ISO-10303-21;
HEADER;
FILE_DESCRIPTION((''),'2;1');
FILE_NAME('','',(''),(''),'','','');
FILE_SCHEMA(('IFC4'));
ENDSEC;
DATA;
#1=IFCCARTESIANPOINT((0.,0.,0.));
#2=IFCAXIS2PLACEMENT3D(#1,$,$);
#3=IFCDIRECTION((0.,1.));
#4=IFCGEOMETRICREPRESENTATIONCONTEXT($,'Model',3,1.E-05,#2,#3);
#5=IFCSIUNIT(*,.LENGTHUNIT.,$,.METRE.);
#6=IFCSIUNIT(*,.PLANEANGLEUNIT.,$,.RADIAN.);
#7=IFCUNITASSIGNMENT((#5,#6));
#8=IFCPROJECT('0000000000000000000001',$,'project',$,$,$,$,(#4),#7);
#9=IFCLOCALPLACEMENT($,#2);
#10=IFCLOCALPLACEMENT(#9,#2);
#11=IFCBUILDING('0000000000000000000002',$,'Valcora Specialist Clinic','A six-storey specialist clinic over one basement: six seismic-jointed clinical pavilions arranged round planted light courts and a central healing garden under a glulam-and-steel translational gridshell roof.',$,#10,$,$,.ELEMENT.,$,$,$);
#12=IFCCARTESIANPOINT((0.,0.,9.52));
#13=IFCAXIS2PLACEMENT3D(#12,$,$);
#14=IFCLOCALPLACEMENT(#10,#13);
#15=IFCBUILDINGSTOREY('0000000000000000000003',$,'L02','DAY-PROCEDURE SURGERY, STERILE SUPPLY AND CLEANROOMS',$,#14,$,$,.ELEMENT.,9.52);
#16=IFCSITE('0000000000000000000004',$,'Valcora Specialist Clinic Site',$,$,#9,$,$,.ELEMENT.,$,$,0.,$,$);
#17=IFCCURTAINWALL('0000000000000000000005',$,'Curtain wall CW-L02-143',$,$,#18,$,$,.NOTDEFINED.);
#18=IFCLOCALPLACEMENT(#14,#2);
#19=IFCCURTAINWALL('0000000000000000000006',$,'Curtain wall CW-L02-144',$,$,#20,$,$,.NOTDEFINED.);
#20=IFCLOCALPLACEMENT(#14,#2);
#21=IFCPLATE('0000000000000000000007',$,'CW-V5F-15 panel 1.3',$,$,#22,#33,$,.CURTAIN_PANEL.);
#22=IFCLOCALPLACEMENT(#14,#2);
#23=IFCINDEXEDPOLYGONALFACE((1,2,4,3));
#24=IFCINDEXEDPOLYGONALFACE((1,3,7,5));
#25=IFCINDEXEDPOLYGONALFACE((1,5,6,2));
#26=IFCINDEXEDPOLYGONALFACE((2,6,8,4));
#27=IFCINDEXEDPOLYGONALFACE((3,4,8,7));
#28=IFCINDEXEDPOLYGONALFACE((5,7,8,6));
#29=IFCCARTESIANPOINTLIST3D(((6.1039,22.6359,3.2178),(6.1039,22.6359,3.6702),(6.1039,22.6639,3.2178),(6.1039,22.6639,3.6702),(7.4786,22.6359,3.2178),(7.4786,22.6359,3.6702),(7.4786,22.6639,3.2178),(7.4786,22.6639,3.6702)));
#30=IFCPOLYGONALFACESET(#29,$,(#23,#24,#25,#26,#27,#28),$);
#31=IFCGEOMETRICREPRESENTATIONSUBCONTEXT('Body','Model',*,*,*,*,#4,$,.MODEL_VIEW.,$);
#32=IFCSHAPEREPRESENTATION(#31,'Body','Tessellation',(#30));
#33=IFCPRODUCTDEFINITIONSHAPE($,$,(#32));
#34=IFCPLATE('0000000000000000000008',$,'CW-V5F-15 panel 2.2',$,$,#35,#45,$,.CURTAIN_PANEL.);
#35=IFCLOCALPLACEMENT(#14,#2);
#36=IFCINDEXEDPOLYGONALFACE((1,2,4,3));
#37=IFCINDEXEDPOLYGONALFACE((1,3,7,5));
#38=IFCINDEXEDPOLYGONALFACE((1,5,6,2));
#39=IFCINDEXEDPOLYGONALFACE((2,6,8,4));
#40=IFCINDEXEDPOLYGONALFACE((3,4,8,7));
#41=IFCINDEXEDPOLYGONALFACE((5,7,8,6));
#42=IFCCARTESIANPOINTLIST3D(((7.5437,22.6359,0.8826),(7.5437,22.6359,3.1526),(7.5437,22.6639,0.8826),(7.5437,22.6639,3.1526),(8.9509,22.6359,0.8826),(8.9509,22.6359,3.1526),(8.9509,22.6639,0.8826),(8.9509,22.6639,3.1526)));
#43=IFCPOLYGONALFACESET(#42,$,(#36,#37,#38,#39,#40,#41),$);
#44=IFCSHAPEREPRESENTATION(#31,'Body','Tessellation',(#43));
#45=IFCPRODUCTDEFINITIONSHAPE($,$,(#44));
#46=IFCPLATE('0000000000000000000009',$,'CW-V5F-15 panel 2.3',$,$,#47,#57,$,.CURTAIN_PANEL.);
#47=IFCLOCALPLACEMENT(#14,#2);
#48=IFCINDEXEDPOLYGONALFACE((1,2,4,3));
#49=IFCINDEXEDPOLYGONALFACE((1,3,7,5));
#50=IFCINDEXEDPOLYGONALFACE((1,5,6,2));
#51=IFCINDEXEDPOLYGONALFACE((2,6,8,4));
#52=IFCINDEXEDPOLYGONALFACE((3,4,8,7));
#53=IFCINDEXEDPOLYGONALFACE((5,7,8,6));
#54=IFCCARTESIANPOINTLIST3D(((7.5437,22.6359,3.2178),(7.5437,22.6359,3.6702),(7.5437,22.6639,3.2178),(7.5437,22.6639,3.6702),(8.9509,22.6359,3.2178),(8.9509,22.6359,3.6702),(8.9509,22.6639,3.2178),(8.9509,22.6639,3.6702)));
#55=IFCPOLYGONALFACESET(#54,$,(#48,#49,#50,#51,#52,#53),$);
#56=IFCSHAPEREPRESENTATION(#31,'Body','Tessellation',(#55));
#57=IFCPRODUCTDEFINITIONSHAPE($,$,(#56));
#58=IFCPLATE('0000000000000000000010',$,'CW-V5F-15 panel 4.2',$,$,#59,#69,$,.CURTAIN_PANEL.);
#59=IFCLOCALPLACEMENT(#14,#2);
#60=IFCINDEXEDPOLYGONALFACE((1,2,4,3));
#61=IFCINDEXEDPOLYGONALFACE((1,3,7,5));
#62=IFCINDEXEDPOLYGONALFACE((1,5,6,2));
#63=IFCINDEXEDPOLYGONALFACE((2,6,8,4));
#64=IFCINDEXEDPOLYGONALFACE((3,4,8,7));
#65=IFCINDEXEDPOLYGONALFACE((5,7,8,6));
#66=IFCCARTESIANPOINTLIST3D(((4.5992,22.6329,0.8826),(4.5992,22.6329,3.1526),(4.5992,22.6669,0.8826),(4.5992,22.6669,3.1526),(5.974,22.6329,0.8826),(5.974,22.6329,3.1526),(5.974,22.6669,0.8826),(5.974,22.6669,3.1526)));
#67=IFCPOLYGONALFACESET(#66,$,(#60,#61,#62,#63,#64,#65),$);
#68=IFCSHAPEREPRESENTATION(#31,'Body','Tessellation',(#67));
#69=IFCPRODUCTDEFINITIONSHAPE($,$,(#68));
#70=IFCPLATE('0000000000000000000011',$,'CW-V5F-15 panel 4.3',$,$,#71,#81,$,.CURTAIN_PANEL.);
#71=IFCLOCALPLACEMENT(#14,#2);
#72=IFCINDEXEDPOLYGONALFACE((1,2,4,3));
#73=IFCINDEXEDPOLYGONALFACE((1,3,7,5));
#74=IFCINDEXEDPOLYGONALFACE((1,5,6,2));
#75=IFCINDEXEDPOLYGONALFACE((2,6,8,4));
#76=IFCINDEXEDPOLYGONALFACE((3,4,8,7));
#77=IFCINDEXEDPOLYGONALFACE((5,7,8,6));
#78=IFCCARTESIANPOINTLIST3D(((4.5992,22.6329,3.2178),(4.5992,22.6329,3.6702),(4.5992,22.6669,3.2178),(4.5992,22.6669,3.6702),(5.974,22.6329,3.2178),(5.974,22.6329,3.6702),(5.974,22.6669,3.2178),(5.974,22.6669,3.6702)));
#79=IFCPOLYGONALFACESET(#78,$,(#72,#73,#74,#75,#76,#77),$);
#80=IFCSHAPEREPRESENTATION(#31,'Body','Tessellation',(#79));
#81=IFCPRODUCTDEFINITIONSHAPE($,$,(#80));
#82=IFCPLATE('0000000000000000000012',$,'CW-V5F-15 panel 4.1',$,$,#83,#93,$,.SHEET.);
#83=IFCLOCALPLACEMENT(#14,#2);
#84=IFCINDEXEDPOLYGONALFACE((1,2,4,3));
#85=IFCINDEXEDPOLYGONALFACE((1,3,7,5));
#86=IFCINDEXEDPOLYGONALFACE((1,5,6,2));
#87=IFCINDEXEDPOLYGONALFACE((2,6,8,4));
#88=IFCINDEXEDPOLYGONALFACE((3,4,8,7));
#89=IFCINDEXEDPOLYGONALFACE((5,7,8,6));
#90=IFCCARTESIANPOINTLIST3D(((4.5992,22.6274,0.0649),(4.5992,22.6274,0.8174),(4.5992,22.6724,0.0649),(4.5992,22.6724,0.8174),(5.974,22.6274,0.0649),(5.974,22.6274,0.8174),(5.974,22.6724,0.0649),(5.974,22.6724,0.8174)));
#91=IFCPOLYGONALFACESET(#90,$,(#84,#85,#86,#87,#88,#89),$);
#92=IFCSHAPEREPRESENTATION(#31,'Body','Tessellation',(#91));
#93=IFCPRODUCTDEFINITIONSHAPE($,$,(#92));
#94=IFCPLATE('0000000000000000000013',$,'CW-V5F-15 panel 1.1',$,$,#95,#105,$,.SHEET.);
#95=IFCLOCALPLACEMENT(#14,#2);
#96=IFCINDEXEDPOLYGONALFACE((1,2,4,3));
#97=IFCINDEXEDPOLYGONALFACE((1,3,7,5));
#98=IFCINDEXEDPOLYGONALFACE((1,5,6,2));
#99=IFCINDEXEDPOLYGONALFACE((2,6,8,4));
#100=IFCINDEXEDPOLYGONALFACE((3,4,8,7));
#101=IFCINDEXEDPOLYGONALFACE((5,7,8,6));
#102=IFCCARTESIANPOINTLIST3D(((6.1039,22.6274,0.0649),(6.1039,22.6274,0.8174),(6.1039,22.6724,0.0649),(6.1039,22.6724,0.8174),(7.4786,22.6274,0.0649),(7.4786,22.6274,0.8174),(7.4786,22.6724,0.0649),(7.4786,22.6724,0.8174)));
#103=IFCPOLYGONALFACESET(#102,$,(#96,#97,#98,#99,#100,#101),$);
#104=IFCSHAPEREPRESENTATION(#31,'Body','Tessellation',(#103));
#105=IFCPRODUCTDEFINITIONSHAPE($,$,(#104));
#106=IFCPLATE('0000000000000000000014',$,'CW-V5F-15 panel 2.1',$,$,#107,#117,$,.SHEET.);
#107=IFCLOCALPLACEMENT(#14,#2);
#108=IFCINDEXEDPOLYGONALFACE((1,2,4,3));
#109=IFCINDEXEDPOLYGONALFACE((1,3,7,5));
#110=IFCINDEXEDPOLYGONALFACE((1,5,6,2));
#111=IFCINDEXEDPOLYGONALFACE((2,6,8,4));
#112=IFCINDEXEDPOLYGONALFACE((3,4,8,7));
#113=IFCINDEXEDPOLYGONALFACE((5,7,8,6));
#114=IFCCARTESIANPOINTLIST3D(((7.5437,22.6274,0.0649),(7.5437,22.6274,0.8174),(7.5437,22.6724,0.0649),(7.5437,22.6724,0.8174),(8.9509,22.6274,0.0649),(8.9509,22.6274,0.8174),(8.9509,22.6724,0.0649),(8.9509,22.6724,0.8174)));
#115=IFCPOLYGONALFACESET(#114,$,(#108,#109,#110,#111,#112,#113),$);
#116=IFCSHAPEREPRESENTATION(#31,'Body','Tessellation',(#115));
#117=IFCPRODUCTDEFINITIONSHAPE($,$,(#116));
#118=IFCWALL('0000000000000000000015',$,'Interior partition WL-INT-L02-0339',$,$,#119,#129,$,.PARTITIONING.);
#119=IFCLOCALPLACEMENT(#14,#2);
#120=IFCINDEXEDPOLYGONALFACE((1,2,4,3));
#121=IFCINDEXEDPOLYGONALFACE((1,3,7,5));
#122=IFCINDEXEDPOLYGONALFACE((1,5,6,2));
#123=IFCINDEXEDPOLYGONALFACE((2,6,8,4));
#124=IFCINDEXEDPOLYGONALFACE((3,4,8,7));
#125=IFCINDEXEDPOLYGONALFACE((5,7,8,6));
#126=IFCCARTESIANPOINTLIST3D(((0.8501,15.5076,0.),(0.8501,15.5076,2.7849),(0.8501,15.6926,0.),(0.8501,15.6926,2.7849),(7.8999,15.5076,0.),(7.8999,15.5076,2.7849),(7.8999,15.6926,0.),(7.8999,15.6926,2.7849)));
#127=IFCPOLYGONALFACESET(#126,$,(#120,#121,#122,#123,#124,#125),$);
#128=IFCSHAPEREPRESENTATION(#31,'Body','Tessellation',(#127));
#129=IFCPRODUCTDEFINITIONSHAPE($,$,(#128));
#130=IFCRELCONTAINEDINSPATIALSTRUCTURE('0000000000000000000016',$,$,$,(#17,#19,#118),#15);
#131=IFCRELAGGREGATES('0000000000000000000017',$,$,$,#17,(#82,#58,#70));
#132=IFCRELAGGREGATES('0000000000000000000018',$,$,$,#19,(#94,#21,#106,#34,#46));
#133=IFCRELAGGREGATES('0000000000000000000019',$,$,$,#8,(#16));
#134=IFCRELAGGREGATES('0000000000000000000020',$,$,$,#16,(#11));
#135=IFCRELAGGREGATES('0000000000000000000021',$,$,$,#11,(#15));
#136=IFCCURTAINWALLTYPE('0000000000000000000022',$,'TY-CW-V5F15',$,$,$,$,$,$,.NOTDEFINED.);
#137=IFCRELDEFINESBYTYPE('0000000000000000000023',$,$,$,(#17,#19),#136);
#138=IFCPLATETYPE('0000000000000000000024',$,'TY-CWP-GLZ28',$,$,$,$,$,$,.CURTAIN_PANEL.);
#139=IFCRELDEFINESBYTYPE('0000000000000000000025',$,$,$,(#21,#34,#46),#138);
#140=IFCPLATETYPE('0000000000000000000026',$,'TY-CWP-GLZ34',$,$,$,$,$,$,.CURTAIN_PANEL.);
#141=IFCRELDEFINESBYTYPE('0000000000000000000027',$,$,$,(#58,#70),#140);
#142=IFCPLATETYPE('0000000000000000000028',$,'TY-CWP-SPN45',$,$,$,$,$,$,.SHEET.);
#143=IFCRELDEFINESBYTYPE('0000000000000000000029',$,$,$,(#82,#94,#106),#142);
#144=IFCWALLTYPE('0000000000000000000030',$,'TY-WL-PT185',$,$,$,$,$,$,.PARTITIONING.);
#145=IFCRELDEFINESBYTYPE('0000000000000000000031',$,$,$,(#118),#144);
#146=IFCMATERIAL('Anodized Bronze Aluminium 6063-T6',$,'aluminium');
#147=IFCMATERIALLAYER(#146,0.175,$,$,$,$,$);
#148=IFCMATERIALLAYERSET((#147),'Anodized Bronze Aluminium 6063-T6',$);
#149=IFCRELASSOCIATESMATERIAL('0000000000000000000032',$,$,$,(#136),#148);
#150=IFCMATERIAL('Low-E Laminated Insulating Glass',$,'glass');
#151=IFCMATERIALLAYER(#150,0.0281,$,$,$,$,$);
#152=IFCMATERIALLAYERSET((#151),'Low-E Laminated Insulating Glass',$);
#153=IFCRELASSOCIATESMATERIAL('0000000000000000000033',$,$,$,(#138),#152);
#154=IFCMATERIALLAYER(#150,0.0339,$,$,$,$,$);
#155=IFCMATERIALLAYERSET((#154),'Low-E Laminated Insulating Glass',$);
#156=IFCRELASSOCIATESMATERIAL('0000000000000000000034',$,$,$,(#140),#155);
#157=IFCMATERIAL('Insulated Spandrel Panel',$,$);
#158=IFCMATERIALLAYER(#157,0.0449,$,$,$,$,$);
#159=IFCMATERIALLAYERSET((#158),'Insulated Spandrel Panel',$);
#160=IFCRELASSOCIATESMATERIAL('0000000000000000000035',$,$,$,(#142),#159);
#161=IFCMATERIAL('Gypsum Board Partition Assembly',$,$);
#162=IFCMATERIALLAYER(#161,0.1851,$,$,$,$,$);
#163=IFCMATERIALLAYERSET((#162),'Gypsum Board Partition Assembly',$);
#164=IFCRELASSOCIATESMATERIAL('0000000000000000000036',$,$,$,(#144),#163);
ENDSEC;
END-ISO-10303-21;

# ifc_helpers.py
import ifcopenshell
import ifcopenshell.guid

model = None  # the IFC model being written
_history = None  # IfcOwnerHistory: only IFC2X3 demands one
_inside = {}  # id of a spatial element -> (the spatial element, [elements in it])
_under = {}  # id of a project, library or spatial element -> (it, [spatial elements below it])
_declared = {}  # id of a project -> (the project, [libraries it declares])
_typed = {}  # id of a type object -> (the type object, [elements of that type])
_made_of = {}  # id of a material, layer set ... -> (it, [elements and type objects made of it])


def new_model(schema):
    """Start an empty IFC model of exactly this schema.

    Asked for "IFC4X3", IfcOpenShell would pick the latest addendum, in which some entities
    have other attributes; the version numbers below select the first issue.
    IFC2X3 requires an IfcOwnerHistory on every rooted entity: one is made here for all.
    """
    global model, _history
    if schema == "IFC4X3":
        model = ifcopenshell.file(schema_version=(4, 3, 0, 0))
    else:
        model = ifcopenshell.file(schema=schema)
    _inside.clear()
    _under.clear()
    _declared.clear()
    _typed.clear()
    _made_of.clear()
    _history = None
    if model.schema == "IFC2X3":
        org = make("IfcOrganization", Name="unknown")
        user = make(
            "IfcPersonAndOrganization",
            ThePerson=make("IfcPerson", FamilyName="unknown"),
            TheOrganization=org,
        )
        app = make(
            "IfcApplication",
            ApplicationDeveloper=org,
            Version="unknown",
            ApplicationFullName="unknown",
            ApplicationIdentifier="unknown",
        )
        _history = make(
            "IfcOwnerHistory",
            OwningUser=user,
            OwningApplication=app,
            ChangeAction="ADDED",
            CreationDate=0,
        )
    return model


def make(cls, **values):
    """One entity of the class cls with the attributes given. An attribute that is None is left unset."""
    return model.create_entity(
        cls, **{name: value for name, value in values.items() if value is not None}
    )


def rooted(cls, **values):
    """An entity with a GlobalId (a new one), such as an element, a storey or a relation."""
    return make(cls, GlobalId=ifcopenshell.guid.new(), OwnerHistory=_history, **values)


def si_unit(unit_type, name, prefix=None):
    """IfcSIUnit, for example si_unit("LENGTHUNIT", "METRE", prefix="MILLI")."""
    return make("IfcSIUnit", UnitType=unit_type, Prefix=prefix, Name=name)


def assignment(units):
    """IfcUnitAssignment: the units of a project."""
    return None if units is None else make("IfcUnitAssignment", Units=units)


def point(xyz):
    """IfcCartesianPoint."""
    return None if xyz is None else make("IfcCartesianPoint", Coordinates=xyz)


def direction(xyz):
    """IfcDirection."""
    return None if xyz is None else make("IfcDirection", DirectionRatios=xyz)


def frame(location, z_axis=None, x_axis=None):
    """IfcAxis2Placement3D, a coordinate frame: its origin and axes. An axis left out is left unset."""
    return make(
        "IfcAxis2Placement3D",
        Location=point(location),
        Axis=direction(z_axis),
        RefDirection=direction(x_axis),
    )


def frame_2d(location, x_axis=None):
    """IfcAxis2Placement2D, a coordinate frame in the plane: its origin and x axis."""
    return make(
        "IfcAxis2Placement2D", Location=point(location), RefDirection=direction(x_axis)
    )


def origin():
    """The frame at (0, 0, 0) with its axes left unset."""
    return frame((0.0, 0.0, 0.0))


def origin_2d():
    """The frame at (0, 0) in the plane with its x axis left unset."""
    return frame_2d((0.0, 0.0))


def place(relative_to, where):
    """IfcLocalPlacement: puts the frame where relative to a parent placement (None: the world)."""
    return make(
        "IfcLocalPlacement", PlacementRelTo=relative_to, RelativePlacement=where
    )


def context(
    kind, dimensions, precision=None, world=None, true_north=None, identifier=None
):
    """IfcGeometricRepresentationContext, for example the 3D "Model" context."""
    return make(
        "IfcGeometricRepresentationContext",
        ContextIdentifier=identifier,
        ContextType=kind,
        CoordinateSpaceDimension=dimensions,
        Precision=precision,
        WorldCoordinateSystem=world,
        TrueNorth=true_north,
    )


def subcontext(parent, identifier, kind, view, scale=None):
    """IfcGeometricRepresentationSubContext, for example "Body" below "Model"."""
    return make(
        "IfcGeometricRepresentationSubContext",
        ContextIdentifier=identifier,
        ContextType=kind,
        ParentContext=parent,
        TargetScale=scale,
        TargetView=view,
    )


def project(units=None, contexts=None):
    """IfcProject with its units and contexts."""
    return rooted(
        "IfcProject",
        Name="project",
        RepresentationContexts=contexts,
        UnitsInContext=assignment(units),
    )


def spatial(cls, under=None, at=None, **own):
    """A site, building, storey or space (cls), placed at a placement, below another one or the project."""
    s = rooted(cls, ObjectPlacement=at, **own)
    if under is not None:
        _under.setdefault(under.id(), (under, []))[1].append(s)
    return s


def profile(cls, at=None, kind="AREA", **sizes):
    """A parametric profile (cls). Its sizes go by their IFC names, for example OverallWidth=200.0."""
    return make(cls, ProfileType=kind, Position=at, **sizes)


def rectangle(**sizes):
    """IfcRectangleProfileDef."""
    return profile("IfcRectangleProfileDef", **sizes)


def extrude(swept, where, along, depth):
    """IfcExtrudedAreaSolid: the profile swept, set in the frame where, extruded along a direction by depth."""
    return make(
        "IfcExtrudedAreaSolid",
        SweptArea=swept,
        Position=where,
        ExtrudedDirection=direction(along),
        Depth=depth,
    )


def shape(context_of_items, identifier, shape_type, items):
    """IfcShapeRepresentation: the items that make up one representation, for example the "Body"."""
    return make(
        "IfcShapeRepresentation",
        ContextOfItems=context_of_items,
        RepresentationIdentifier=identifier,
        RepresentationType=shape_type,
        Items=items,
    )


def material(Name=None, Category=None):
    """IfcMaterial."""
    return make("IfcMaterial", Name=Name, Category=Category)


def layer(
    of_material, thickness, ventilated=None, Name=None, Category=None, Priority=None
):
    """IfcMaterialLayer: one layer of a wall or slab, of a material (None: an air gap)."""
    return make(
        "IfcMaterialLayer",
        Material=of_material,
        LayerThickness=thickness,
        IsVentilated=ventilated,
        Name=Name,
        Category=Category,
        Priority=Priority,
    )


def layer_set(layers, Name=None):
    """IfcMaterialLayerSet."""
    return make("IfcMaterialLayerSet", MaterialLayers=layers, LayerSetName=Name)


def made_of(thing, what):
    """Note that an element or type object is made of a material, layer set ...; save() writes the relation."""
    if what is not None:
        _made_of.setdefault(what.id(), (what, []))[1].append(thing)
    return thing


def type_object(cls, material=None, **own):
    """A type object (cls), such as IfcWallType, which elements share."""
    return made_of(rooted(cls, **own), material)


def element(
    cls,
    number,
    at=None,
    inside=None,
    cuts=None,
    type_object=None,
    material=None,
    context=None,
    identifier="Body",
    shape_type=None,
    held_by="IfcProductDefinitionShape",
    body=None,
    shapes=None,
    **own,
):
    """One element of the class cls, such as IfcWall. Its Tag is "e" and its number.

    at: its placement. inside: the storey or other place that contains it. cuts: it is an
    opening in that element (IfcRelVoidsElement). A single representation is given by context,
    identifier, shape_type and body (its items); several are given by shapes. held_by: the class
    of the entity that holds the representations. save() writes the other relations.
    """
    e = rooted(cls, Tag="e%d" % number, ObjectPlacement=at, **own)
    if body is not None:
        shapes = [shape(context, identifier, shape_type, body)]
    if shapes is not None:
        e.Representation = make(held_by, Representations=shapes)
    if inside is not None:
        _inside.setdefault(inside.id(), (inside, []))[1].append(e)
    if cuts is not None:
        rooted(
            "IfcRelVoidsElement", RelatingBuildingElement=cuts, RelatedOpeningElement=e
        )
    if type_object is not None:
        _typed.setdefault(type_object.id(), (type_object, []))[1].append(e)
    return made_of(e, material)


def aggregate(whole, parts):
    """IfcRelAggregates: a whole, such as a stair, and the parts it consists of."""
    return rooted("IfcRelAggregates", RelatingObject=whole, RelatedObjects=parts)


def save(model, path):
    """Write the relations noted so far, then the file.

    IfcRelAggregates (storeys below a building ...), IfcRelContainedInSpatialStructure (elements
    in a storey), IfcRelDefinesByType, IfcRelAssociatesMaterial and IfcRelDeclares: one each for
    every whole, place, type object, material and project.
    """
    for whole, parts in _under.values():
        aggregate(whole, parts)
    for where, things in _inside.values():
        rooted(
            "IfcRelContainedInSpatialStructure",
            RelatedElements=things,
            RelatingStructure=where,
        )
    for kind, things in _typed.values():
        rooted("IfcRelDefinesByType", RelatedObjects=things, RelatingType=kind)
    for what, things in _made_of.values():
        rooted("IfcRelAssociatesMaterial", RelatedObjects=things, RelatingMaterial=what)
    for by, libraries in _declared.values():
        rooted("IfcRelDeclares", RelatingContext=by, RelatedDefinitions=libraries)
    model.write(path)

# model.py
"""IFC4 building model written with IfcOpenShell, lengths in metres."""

from ifc_helpers import new_model, si_unit, direction, frame, frame_2d, origin, origin_2d, place, context, subcontext, project, spatial, rectangle, extrude, material, layer, layer_set, type_object, element, aggregate, save


model = new_model("IFC4")

# Units and contexts
model_context = context("Model", 3, precision=1e-05, world=origin(), true_north=direction((0.0, 1.0)))
body_context = subcontext(model_context, "Body", "Model", "MODEL_VIEW")
ifc_project = project(units=[si_unit("LENGTHUNIT", "METRE"), si_unit("PLANEANGLEUNIT", "RADIAN")], contexts=[model_context])

# Site, building, storey
site_placement = place(None, origin())
site = spatial("IfcSite", under=ifc_project, at=site_placement, Name="Valcora Specialist Clinic Site", CompositionType="ELEMENT", RefElevation=0.0)
building_placement = place(site_placement, origin())
building = spatial("IfcBuilding", under=site, at=building_placement, Name="Valcora Specialist Clinic", Description="A six-storey specialist clinic over one basement: six seismic-jointed clinical pavilions arranged round planted light courts and a central healing garden under a glulam-and-steel translational gridshell roof.", CompositionType="ELEMENT")
storey_placement = place(building_placement, frame((0.0, 0.0, 9.52)))
storey = spatial("IfcBuildingStorey", under=building, at=storey_placement, Name="L02", Description="DAY-PROCEDURE SURGERY, STERILE SUPPLY AND CLEANROOMS", CompositionType="ELEMENT", Elevation=9.52)

# Curtain wall
ifc_material_1 = material(Name="Anodized Bronze Aluminium 6063-T6", Category="aluminium")
ifc_layer_1 = layer(ifc_material_1, 0.175)
ifc_layer_set_1 = layer_set([ifc_layer_1], Name="Anodized Bronze Aluminium 6063-T6")
curtain_wall_type = type_object("IfcCurtainWallType", Name="TY-CW-V5F15", PredefinedType="NOTDEFINED", material=ifc_layer_set_1)
curtain_wall_1_placement = place(storey_placement, origin())
curtain_wall_1 = element("IfcCurtainWall", 1, at=curtain_wall_1_placement, inside=storey, type_object=curtain_wall_type, Name="Curtain wall CW-L02-143", PredefinedType="NOTDEFINED")

# Curtain wall
curtain_wall_2_placement = place(storey_placement, origin())
curtain_wall_2 = element("IfcCurtainWall", 2, at=curtain_wall_2_placement, inside=storey, type_object=curtain_wall_type, Name="Curtain wall CW-L02-144", PredefinedType="NOTDEFINED")

# Plates
ifc_material_2 = material(Name="Low-E Laminated Insulating Glass", Category="glass")
ifc_layer_2 = layer(ifc_material_2, 0.0281)
ifc_layer_set_2 = layer_set([ifc_layer_2], Name="Low-E Laminated Insulating Glass")
plate_type_1 = type_object("IfcPlateType", Name="TY-CWP-GLZ28", PredefinedType="CURTAIN_PANEL", material=ifc_layer_set_2)
plate_1_placement = place(storey_placement, frame((6.7913, 22.6499, 3.2178), z_axis=(0.0, 0.0, 1.0), x_axis=(1.0, 0.0, 0.0)))
plate_1 = element("IfcPlate", 3, at=plate_1_placement, type_object=plate_type_1, Name="CW-V5F-15 panel 1.3", PredefinedType="CURTAIN_PANEL", context=body_context, shape_type="SweptSolid", body=[
    extrude(rectangle(XDim=1.3748, YDim=0.0281, at=origin_2d()), origin(), (0.0, 0.0, 1.0), 0.4524),
])
plate_2_placement = place(storey_placement, frame((8.2473, 22.6499, 0.8826), z_axis=(0.0, 0.0, 1.0), x_axis=(1.0, 0.0, 0.0)))
plate_2 = element("IfcPlate", 4, at=plate_2_placement, type_object=plate_type_1, Name="CW-V5F-15 panel 2.2", PredefinedType="CURTAIN_PANEL", context=body_context, shape_type="SweptSolid", body=[
    extrude(rectangle(XDim=1.4072, YDim=0.0281, at=origin_2d()), origin(), (0.0, 0.0, 1.0), 2.27),
])
plate_3_placement = place(storey_placement, frame((8.2473, 22.6499, 3.2178), z_axis=(0.0, 0.0, 1.0), x_axis=(1.0, 0.0, 0.0)))
plate_3 = element("IfcPlate", 5, at=plate_3_placement, type_object=plate_type_1, Name="CW-V5F-15 panel 2.3", PredefinedType="CURTAIN_PANEL", context=body_context, shape_type="SweptSolid", body=[
    extrude(rectangle(XDim=1.4072, YDim=0.0281, at=origin_2d()), origin(), (0.0, 0.0, 1.0), 0.4524),
])
ifc_layer_3 = layer(ifc_material_2, 0.0339)
ifc_layer_set_3 = layer_set([ifc_layer_3], Name="Low-E Laminated Insulating Glass")
plate_type_2 = type_object("IfcPlateType", Name="TY-CWP-GLZ34", PredefinedType="CURTAIN_PANEL", material=ifc_layer_set_3)
plate_4_placement = place(storey_placement, frame((5.2866, 22.6499, 0.8826), z_axis=(0.0, 0.0, 1.0), x_axis=(1.0, 0.0, 0.0)))
plate_4 = element("IfcPlate", 6, at=plate_4_placement, type_object=plate_type_2, Name="CW-V5F-15 panel 4.2", PredefinedType="CURTAIN_PANEL", context=body_context, shape_type="SweptSolid", body=[
    extrude(rectangle(XDim=1.3748, YDim=0.0339, at=origin_2d()), origin(), (0.0, 0.0, 1.0), 2.27),
])
plate_5_placement = place(storey_placement, frame((5.2866, 22.6499, 3.2178), z_axis=(0.0, 0.0, 1.0), x_axis=(1.0, 0.0, 0.0)))
plate_5 = element("IfcPlate", 7, at=plate_5_placement, type_object=plate_type_2, Name="CW-V5F-15 panel 4.3", PredefinedType="CURTAIN_PANEL", context=body_context, shape_type="SweptSolid", body=[
    extrude(rectangle(XDim=1.3748, YDim=0.0339, at=origin_2d()), origin(), (0.0, 0.0, 1.0), 0.4524),
])
ifc_material_3 = material(Name="Insulated Spandrel Panel")
ifc_layer_4 = layer(ifc_material_3, 0.0449)
ifc_layer_set_4 = layer_set([ifc_layer_4], Name="Insulated Spandrel Panel")
plate_type_3 = type_object("IfcPlateType", Name="TY-CWP-SPN45", PredefinedType="SHEET", material=ifc_layer_set_4)
plate_6_placement = place(storey_placement, frame((5.2866, 22.6499, 0.0649), z_axis=(0.0, 0.0, 1.0), x_axis=(1.0, 0.0, 0.0)))
plate_6 = element("IfcPlate", 8, at=plate_6_placement, type_object=plate_type_3, Name="CW-V5F-15 panel 4.1", PredefinedType="SHEET", context=body_context, shape_type="SweptSolid", body=[
    extrude(rectangle(XDim=1.3748, YDim=0.0449, at=origin_2d()), origin(), (0.0, 0.0, 1.0), 0.7524),
])
aggregate(curtain_wall_1, [plate_6, plate_4, plate_5])
plate_7_placement = place(storey_placement, frame((6.7913, 22.6499, 0.0649), z_axis=(0.0, 0.0, 1.0), x_axis=(1.0, 0.0, 0.0)))
plate_7 = element("IfcPlate", 9, at=plate_7_placement, type_object=plate_type_3, Name="CW-V5F-15 panel 1.1", PredefinedType="SHEET", context=body_context, shape_type="SweptSolid", body=[
    extrude(rectangle(XDim=1.3748, YDim=0.0449, at=origin_2d()), origin(), (0.0, 0.0, 1.0), 0.7524),
])
plate_8_placement = place(storey_placement, frame((8.2473, 22.6499, 0.0649), z_axis=(0.0, 0.0, 1.0), x_axis=(1.0, 0.0, 0.0)))
plate_8 = element("IfcPlate", 10, at=plate_8_placement, type_object=plate_type_3, Name="CW-V5F-15 panel 2.1", PredefinedType="SHEET", context=body_context, shape_type="SweptSolid", body=[
    extrude(rectangle(XDim=1.4072, YDim=0.0449, at=origin_2d()), origin(), (0.0, 0.0, 1.0), 0.7524),
])
aggregate(curtain_wall_2, [plate_7, plate_1, plate_8, plate_2, plate_3])

# Wall
ifc_material_4 = material(Name="Gypsum Board Partition Assembly")
ifc_layer_5 = layer(ifc_material_4, 0.1851)
ifc_layer_set_5 = layer_set([ifc_layer_5], Name="Gypsum Board Partition Assembly")
wall_type = type_object("IfcWallType", Name="TY-WL-PT185", PredefinedType="PARTITIONING", material=ifc_layer_set_5)
wall_placement = place(storey_placement, frame((7.8999, 15.6001, 0.0), z_axis=(0.0, 0.0, 1.0), x_axis=(-1.0, 0.0, 0.0)))
element("IfcWall", 11, at=wall_placement, inside=storey, type_object=wall_type, Name="Interior partition WL-INT-L02-0339", PredefinedType="PARTITIONING", context=body_context, shape_type="SweptSolid", body=[
    extrude(rectangle(XDim=7.0498, YDim=0.1851, at=frame_2d((3.5249, 0.0))), origin(), (0.0, 0.0, 1.0), 2.7849),
])

save(model, "model.ifc")
